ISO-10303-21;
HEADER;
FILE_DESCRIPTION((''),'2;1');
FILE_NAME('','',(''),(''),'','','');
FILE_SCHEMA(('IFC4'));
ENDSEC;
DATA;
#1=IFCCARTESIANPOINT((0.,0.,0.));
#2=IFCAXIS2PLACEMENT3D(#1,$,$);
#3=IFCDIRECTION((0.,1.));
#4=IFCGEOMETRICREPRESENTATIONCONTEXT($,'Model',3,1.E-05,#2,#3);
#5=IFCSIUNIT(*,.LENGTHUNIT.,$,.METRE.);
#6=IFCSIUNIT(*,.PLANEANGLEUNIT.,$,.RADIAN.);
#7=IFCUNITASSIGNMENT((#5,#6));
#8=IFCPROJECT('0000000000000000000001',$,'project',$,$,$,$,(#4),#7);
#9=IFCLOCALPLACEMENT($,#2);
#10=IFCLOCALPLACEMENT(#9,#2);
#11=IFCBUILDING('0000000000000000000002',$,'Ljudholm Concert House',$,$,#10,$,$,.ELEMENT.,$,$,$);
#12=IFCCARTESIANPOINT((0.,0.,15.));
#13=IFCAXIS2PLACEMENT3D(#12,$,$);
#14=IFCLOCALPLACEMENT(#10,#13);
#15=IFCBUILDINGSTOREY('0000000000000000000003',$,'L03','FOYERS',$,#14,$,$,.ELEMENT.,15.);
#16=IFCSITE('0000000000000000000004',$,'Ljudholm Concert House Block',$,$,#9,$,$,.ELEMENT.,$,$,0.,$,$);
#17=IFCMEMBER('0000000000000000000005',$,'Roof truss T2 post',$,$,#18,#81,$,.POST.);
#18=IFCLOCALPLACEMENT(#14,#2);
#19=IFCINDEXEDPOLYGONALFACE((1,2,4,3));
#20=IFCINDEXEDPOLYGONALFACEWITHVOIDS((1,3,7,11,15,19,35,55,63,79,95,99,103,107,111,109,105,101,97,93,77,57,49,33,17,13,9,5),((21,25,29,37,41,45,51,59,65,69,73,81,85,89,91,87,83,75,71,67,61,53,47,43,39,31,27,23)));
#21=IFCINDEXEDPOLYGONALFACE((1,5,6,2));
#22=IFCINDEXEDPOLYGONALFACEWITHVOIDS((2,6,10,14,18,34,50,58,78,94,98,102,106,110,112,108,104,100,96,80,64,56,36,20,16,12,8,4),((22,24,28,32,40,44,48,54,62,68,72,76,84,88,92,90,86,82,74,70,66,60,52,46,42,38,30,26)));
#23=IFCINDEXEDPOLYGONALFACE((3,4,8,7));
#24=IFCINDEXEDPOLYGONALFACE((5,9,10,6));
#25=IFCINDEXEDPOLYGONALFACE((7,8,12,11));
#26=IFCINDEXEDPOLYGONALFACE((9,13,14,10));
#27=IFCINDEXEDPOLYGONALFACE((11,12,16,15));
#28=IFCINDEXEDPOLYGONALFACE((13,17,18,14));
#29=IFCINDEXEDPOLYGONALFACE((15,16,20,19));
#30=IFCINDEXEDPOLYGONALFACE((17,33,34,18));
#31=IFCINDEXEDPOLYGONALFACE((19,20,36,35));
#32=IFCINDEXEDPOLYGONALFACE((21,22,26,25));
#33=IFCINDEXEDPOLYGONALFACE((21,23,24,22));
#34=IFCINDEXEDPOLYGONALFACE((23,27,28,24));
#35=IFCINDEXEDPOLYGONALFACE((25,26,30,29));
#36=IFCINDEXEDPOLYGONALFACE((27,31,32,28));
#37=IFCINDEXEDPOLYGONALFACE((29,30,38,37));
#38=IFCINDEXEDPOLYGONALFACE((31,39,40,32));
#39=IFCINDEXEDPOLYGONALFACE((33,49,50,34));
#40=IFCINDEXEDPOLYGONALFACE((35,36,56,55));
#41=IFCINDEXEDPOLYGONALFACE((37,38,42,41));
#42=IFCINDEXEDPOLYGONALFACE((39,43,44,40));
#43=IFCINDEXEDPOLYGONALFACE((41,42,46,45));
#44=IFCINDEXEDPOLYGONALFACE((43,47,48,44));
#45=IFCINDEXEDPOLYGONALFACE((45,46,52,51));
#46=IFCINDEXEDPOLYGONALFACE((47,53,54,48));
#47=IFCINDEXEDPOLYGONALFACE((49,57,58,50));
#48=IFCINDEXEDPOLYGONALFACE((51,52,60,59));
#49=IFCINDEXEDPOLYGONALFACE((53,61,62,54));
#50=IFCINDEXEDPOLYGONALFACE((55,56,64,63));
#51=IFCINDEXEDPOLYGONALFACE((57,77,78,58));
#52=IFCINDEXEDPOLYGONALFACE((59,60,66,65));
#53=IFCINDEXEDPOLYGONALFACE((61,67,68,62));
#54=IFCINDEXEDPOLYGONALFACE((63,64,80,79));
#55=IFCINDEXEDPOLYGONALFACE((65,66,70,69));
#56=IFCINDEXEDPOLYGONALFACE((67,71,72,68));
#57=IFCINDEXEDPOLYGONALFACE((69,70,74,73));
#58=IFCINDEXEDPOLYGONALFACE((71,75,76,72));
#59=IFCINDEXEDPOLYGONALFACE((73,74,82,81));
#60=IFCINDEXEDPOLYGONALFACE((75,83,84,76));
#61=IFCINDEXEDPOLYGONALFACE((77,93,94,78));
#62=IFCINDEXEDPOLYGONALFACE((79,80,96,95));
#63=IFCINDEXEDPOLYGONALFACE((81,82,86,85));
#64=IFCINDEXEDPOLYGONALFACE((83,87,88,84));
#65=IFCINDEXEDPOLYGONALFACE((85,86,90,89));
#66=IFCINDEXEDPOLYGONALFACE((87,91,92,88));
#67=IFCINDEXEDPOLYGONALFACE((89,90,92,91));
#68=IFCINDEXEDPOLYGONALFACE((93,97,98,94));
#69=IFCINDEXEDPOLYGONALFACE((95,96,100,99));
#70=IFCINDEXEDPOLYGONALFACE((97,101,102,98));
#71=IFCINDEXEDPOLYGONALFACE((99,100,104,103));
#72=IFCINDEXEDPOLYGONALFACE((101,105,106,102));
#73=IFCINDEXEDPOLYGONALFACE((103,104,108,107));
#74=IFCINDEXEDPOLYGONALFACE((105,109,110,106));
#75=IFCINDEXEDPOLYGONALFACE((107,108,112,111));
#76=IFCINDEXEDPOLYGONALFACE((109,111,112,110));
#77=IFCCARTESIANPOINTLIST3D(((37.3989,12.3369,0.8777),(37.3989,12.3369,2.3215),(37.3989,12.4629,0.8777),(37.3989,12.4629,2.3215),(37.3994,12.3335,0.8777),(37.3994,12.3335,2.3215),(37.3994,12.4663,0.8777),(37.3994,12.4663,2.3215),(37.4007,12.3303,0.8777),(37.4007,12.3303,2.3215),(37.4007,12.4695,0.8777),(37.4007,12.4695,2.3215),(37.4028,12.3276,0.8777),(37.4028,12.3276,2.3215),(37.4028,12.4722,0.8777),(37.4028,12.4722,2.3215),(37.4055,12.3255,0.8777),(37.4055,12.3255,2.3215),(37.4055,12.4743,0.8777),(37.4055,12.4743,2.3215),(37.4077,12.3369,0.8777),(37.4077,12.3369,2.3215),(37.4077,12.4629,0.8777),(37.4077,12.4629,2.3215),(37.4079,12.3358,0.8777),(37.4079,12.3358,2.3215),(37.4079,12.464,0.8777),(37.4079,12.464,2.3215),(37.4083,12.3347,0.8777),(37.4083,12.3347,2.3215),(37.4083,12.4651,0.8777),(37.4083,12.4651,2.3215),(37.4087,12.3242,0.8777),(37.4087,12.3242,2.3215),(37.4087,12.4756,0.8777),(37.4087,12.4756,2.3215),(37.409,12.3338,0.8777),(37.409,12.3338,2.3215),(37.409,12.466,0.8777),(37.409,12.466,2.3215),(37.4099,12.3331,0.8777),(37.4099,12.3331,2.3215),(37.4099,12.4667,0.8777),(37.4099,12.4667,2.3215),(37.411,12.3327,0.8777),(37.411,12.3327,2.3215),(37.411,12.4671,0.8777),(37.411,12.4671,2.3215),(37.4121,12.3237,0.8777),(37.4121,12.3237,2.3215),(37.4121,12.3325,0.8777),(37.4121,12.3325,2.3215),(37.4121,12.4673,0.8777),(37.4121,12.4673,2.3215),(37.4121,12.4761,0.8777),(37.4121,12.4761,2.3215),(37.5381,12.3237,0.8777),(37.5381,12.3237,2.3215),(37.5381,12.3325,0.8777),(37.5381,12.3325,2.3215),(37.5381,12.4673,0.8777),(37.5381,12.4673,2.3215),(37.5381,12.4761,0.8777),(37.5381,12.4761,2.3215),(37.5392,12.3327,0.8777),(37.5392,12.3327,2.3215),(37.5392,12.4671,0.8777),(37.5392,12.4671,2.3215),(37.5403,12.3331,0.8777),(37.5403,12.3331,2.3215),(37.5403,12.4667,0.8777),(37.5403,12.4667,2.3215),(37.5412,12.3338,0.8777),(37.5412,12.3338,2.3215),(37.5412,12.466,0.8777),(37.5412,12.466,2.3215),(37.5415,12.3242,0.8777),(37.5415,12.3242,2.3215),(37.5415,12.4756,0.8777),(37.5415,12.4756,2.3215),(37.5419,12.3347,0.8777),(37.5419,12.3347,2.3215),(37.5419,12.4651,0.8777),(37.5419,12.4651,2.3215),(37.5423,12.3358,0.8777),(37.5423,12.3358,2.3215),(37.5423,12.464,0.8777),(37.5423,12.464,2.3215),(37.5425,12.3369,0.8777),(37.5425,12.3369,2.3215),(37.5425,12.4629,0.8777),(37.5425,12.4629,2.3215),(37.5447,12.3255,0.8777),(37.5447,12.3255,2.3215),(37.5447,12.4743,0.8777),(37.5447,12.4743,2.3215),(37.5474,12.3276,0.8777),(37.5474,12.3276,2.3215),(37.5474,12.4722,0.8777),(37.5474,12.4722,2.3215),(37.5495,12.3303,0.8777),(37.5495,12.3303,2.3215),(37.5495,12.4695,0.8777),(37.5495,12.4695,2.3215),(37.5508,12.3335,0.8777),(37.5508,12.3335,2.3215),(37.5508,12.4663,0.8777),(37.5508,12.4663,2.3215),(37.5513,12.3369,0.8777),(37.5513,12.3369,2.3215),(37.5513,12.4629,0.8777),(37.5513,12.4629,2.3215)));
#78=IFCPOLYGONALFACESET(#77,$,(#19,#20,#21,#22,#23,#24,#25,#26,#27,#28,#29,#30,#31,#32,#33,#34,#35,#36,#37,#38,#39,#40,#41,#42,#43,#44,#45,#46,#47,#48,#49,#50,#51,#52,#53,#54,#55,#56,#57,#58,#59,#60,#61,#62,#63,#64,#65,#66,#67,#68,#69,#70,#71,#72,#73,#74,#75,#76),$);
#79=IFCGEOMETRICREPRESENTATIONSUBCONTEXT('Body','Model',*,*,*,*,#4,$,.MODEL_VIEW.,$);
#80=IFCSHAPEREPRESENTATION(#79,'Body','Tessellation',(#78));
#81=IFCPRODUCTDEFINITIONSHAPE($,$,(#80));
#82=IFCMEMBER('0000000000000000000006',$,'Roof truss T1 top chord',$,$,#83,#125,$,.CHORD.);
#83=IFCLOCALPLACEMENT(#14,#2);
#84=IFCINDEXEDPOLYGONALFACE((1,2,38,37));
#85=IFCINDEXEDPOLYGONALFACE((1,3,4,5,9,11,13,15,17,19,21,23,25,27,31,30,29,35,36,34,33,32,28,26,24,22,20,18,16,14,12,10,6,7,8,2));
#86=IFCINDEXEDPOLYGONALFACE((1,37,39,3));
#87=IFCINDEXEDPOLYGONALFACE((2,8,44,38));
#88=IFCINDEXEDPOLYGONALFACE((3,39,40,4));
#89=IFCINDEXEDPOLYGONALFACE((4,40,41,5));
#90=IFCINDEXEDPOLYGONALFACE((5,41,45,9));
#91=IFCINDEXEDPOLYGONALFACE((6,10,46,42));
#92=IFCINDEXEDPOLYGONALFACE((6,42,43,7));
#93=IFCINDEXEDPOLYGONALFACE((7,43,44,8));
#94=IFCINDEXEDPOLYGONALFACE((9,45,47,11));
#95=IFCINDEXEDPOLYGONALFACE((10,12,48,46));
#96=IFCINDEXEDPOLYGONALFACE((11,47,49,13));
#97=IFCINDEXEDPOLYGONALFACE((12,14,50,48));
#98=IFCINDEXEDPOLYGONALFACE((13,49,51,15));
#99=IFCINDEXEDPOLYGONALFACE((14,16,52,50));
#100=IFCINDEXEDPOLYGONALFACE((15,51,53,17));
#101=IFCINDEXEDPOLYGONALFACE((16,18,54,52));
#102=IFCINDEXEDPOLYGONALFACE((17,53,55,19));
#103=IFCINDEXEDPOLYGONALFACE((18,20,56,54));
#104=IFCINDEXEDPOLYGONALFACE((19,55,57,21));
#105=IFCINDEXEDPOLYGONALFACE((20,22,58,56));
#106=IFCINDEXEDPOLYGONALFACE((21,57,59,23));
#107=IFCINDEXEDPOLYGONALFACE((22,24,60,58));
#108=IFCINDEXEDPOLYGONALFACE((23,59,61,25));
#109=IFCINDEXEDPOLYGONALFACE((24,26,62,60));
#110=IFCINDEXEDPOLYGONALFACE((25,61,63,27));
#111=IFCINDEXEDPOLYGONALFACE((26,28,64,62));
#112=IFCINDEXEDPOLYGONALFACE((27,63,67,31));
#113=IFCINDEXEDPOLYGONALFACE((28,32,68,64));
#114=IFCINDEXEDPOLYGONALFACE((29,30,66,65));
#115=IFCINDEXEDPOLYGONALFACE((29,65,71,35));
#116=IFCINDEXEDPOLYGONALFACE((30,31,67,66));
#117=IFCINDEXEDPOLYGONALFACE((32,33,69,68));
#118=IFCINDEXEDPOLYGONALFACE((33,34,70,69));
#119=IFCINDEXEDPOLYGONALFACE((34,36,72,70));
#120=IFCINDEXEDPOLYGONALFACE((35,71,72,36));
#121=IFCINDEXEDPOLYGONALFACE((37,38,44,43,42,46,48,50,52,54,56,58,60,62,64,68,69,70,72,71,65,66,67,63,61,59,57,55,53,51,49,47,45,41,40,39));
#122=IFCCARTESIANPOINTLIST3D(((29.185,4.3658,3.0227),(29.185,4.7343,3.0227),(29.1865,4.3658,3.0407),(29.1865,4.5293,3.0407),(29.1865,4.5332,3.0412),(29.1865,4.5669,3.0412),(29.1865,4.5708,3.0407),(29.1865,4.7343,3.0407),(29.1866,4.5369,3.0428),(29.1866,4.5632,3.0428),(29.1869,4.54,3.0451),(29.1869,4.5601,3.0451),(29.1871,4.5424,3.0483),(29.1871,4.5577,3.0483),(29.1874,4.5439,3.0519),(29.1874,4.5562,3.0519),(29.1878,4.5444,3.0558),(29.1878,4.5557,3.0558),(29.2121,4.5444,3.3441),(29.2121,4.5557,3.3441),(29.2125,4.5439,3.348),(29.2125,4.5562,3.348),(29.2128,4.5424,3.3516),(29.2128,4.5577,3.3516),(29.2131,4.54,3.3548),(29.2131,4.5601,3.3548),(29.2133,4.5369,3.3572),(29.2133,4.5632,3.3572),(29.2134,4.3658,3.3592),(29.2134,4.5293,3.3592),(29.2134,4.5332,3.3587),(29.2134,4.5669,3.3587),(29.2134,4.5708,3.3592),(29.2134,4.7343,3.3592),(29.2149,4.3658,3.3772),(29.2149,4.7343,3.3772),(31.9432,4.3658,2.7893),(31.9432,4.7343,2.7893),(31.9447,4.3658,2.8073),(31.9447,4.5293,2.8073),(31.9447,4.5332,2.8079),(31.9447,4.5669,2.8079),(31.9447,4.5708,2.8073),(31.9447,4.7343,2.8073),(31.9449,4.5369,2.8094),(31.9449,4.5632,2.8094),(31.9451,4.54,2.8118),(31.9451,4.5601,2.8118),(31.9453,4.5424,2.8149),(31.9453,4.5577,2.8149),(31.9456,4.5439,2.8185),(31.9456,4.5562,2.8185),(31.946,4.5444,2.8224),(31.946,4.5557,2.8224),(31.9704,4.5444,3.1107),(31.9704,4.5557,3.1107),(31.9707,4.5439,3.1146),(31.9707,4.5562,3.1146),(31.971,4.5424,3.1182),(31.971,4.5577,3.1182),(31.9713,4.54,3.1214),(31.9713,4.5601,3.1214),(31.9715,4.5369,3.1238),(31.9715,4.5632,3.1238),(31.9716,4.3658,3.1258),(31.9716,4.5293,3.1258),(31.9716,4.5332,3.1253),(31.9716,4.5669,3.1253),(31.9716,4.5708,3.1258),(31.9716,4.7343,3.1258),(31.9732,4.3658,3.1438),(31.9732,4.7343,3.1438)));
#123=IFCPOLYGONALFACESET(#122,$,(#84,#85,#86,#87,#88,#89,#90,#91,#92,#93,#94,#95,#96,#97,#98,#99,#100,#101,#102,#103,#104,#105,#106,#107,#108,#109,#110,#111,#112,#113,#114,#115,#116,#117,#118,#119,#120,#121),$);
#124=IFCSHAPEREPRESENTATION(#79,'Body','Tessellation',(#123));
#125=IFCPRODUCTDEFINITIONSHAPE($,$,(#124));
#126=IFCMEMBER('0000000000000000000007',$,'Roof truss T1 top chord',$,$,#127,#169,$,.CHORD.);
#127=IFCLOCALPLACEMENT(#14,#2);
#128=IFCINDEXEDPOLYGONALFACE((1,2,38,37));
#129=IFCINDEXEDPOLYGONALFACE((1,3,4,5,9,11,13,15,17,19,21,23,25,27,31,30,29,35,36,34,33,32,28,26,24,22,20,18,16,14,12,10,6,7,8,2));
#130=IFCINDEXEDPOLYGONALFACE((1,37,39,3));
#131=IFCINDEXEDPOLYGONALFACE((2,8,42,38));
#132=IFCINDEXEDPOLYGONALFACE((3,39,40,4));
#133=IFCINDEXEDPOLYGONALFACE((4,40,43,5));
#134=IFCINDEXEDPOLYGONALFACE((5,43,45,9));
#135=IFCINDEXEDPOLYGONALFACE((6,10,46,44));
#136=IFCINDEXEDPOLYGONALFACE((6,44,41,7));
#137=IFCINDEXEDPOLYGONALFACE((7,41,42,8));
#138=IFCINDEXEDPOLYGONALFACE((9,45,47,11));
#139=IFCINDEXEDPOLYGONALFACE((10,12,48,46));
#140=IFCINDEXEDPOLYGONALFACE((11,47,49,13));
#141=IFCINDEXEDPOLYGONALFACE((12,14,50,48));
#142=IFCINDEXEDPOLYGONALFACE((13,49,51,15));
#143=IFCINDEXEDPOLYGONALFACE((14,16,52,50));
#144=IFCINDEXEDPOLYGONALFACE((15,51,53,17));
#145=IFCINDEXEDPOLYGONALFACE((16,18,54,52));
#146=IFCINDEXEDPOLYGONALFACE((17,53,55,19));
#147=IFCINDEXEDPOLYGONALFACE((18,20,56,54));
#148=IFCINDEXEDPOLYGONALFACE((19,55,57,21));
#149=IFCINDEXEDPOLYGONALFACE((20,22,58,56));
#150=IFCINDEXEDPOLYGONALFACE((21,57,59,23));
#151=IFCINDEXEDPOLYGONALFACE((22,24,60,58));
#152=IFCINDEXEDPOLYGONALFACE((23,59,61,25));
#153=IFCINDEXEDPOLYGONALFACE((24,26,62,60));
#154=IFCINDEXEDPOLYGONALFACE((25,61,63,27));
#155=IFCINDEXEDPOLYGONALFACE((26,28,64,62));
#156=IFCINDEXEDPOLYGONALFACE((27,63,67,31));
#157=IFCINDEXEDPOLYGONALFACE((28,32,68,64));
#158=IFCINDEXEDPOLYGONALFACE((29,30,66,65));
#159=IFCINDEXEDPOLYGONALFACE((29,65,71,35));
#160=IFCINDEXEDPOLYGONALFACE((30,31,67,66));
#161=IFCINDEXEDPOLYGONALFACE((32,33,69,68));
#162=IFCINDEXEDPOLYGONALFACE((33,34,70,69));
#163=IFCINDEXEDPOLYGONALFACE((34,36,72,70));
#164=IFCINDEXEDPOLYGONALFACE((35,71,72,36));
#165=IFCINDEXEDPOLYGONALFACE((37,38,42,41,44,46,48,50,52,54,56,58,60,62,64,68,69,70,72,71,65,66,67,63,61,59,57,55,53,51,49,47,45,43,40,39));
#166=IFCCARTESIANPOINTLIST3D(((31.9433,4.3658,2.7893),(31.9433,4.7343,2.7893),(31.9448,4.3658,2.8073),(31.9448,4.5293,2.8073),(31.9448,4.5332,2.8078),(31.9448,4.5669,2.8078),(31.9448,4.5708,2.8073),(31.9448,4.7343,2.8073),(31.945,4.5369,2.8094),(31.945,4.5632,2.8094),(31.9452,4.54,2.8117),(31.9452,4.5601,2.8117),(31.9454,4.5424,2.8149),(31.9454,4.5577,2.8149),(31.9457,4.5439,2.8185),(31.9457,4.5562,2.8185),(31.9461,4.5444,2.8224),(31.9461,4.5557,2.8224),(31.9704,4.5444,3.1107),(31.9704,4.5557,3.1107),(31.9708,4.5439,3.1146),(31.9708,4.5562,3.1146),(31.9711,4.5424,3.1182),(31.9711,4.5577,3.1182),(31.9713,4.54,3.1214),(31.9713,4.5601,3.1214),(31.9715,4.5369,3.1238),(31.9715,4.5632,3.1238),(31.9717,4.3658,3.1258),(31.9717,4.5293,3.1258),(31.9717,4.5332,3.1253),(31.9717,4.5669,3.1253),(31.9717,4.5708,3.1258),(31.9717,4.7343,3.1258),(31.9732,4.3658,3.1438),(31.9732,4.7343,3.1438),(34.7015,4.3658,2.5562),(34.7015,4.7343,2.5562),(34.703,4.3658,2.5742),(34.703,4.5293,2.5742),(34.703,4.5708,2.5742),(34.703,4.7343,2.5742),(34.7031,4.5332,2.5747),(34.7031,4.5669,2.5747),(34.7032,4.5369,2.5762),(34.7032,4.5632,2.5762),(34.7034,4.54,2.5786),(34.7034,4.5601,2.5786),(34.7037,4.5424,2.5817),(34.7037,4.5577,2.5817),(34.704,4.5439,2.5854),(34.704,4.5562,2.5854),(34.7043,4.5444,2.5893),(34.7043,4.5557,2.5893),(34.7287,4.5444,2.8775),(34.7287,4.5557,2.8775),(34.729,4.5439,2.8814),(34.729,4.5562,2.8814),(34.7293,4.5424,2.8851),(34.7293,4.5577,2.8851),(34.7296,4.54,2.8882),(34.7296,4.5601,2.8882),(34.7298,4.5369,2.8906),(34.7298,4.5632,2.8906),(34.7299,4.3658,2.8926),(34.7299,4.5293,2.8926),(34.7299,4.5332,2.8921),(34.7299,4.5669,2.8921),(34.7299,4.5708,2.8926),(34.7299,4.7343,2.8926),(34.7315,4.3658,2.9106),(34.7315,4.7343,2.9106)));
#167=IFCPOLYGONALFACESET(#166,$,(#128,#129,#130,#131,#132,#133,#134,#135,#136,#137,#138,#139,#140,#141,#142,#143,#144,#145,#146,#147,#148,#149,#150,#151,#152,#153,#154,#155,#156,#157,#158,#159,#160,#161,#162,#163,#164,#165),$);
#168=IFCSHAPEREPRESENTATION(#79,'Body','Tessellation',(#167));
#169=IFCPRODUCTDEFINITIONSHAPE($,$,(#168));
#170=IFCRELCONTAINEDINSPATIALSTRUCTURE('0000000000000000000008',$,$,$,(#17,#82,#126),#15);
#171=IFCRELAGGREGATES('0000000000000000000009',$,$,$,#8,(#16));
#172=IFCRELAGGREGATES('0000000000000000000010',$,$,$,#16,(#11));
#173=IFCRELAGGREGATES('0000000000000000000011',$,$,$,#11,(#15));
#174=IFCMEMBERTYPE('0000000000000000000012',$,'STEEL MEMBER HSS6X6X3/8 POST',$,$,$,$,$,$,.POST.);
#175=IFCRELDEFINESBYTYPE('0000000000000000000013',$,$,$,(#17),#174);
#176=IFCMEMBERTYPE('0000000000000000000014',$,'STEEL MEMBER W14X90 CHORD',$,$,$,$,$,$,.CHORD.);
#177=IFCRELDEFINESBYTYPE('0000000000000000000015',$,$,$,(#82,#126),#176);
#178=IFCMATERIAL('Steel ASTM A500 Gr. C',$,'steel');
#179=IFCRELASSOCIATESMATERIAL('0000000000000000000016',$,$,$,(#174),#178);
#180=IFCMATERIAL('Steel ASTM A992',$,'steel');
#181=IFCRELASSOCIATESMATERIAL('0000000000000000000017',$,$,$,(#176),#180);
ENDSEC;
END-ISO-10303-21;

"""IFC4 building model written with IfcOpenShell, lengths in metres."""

from ifc_helpers import new_model, si_unit, direction, frame, origin, origin_2d, place, context, subcontext, project, spatial, hollow_rectangle, i_section, extrude, material, material_profile, profile_set, type_object, element, save


model = new_model("IFC4")

# Units and contexts
model_context = context("Model", 3, precision=1e-05, world=origin(), true_north=direction((0.0, 1.0)))
body_context = subcontext(model_context, "Body", "Model", "MODEL_VIEW")
ifc_project = project(units=[si_unit("LENGTHUNIT", "METRE"), si_unit("PLANEANGLEUNIT", "RADIAN")], contexts=[model_context])

# Site, building, storey
site_placement = place(None, origin())
site = spatial("IfcSite", under=ifc_project, at=site_placement, Name="Ljudholm Concert House Block", CompositionType="ELEMENT", RefElevation=0.0)
building_placement = place(site_placement, origin())
building = spatial("IfcBuilding", under=site, at=building_placement, Name="Ljudholm Concert House", CompositionType="ELEMENT")
storey_placement = place(building_placement, frame((0.0, 0.0, 15.0)))
storey = spatial("IfcBuildingStorey", under=building, at=storey_placement, Name="L03", Description="FOYERS", CompositionType="ELEMENT", Elevation=15.0)

# Members
ifc_material_1 = material(Name="Steel ASTM A500 Gr. C", Category="steel")
ifc_material_profile_1 = material_profile(ifc_material_1, hollow_rectangle(XDim=0.1523, YDim=0.1523, WallThickness=0.0088, InnerFilletRadius=0.0044, OuterFilletRadius=0.0132, at=origin_2d()), Name="HSS6X6X3/8")
ifc_profile_set_1 = profile_set([ifc_material_profile_1], Name="Steel ASTM A500 Gr. C")
member_type_1 = type_object("IfcMemberType", Name="STEEL MEMBER HSS6X6X3/8 POST", PredefinedType="POST", material=ifc_profile_set_1)
member_1_placement = place(storey_placement, frame((37.4751, 12.3999, 0.8777), z_axis=(0.0, 0.0, 1.0), x_axis=(1.0, 0.0, 0.0)))
element("IfcMember", 1, at=member_1_placement, inside=storey, type_object=member_type_1, Name="Roof truss T2 post", PredefinedType="POST", context=body_context, shape_type="SweptSolid", body=[
    extrude(hollow_rectangle(XDim=0.1523, YDim=0.1523, WallThickness=0.0088, InnerFilletRadius=0.0044, OuterFilletRadius=0.0132, at=origin_2d()), origin(), (0.0, 0.0, 1.0), 1.4438),
])
ifc_material_2 = material(Name="Steel ASTM A992", Category="steel")
ifc_material_profile_2 = material_profile(ifc_material_2, i_section(OverallWidth=0.3684, OverallDepth=0.3557, WebThickness=0.0112, FlangeThickness=0.0181, FilletRadius=0.0151, at=origin_2d()), Name="W14X90")
ifc_profile_set_2 = profile_set([ifc_material_profile_2], Name="Steel ASTM A992")
member_type_2 = type_object("IfcMemberType", Name="STEEL MEMBER W14X90 CHORD", PredefinedType="CHORD", material=ifc_profile_set_2)
for number, where, z_axis, x_axis, name in (
    (2, (29.2, 4.55, 3.2), (0.996439, 0.0, -0.084315), (0.0, 1.0, 0.0), "Roof truss T1 top chord"),
    (3, (31.9583, 4.55, 2.9666), (0.996447, 0.0, -0.084228), (0.0, 1.0, 0.0), "Roof truss T1 top chord"),
):
    element("IfcMember", number, at=place(storey_placement, frame(where, z_axis=z_axis, x_axis=x_axis)), inside=storey, type_object=member_type_2, Name=name, PredefinedType="CHORD", context=body_context, shape_type="SweptSolid", body=[
        extrude(i_section(OverallWidth=0.3684, OverallDepth=0.3557, WebThickness=0.0112, FlangeThickness=0.0181, FilletRadius=0.0151, at=origin_2d()), origin(), (0.0, 0.0, 1.0), 2.7681),
    ])

save(model, "model.ifc")
